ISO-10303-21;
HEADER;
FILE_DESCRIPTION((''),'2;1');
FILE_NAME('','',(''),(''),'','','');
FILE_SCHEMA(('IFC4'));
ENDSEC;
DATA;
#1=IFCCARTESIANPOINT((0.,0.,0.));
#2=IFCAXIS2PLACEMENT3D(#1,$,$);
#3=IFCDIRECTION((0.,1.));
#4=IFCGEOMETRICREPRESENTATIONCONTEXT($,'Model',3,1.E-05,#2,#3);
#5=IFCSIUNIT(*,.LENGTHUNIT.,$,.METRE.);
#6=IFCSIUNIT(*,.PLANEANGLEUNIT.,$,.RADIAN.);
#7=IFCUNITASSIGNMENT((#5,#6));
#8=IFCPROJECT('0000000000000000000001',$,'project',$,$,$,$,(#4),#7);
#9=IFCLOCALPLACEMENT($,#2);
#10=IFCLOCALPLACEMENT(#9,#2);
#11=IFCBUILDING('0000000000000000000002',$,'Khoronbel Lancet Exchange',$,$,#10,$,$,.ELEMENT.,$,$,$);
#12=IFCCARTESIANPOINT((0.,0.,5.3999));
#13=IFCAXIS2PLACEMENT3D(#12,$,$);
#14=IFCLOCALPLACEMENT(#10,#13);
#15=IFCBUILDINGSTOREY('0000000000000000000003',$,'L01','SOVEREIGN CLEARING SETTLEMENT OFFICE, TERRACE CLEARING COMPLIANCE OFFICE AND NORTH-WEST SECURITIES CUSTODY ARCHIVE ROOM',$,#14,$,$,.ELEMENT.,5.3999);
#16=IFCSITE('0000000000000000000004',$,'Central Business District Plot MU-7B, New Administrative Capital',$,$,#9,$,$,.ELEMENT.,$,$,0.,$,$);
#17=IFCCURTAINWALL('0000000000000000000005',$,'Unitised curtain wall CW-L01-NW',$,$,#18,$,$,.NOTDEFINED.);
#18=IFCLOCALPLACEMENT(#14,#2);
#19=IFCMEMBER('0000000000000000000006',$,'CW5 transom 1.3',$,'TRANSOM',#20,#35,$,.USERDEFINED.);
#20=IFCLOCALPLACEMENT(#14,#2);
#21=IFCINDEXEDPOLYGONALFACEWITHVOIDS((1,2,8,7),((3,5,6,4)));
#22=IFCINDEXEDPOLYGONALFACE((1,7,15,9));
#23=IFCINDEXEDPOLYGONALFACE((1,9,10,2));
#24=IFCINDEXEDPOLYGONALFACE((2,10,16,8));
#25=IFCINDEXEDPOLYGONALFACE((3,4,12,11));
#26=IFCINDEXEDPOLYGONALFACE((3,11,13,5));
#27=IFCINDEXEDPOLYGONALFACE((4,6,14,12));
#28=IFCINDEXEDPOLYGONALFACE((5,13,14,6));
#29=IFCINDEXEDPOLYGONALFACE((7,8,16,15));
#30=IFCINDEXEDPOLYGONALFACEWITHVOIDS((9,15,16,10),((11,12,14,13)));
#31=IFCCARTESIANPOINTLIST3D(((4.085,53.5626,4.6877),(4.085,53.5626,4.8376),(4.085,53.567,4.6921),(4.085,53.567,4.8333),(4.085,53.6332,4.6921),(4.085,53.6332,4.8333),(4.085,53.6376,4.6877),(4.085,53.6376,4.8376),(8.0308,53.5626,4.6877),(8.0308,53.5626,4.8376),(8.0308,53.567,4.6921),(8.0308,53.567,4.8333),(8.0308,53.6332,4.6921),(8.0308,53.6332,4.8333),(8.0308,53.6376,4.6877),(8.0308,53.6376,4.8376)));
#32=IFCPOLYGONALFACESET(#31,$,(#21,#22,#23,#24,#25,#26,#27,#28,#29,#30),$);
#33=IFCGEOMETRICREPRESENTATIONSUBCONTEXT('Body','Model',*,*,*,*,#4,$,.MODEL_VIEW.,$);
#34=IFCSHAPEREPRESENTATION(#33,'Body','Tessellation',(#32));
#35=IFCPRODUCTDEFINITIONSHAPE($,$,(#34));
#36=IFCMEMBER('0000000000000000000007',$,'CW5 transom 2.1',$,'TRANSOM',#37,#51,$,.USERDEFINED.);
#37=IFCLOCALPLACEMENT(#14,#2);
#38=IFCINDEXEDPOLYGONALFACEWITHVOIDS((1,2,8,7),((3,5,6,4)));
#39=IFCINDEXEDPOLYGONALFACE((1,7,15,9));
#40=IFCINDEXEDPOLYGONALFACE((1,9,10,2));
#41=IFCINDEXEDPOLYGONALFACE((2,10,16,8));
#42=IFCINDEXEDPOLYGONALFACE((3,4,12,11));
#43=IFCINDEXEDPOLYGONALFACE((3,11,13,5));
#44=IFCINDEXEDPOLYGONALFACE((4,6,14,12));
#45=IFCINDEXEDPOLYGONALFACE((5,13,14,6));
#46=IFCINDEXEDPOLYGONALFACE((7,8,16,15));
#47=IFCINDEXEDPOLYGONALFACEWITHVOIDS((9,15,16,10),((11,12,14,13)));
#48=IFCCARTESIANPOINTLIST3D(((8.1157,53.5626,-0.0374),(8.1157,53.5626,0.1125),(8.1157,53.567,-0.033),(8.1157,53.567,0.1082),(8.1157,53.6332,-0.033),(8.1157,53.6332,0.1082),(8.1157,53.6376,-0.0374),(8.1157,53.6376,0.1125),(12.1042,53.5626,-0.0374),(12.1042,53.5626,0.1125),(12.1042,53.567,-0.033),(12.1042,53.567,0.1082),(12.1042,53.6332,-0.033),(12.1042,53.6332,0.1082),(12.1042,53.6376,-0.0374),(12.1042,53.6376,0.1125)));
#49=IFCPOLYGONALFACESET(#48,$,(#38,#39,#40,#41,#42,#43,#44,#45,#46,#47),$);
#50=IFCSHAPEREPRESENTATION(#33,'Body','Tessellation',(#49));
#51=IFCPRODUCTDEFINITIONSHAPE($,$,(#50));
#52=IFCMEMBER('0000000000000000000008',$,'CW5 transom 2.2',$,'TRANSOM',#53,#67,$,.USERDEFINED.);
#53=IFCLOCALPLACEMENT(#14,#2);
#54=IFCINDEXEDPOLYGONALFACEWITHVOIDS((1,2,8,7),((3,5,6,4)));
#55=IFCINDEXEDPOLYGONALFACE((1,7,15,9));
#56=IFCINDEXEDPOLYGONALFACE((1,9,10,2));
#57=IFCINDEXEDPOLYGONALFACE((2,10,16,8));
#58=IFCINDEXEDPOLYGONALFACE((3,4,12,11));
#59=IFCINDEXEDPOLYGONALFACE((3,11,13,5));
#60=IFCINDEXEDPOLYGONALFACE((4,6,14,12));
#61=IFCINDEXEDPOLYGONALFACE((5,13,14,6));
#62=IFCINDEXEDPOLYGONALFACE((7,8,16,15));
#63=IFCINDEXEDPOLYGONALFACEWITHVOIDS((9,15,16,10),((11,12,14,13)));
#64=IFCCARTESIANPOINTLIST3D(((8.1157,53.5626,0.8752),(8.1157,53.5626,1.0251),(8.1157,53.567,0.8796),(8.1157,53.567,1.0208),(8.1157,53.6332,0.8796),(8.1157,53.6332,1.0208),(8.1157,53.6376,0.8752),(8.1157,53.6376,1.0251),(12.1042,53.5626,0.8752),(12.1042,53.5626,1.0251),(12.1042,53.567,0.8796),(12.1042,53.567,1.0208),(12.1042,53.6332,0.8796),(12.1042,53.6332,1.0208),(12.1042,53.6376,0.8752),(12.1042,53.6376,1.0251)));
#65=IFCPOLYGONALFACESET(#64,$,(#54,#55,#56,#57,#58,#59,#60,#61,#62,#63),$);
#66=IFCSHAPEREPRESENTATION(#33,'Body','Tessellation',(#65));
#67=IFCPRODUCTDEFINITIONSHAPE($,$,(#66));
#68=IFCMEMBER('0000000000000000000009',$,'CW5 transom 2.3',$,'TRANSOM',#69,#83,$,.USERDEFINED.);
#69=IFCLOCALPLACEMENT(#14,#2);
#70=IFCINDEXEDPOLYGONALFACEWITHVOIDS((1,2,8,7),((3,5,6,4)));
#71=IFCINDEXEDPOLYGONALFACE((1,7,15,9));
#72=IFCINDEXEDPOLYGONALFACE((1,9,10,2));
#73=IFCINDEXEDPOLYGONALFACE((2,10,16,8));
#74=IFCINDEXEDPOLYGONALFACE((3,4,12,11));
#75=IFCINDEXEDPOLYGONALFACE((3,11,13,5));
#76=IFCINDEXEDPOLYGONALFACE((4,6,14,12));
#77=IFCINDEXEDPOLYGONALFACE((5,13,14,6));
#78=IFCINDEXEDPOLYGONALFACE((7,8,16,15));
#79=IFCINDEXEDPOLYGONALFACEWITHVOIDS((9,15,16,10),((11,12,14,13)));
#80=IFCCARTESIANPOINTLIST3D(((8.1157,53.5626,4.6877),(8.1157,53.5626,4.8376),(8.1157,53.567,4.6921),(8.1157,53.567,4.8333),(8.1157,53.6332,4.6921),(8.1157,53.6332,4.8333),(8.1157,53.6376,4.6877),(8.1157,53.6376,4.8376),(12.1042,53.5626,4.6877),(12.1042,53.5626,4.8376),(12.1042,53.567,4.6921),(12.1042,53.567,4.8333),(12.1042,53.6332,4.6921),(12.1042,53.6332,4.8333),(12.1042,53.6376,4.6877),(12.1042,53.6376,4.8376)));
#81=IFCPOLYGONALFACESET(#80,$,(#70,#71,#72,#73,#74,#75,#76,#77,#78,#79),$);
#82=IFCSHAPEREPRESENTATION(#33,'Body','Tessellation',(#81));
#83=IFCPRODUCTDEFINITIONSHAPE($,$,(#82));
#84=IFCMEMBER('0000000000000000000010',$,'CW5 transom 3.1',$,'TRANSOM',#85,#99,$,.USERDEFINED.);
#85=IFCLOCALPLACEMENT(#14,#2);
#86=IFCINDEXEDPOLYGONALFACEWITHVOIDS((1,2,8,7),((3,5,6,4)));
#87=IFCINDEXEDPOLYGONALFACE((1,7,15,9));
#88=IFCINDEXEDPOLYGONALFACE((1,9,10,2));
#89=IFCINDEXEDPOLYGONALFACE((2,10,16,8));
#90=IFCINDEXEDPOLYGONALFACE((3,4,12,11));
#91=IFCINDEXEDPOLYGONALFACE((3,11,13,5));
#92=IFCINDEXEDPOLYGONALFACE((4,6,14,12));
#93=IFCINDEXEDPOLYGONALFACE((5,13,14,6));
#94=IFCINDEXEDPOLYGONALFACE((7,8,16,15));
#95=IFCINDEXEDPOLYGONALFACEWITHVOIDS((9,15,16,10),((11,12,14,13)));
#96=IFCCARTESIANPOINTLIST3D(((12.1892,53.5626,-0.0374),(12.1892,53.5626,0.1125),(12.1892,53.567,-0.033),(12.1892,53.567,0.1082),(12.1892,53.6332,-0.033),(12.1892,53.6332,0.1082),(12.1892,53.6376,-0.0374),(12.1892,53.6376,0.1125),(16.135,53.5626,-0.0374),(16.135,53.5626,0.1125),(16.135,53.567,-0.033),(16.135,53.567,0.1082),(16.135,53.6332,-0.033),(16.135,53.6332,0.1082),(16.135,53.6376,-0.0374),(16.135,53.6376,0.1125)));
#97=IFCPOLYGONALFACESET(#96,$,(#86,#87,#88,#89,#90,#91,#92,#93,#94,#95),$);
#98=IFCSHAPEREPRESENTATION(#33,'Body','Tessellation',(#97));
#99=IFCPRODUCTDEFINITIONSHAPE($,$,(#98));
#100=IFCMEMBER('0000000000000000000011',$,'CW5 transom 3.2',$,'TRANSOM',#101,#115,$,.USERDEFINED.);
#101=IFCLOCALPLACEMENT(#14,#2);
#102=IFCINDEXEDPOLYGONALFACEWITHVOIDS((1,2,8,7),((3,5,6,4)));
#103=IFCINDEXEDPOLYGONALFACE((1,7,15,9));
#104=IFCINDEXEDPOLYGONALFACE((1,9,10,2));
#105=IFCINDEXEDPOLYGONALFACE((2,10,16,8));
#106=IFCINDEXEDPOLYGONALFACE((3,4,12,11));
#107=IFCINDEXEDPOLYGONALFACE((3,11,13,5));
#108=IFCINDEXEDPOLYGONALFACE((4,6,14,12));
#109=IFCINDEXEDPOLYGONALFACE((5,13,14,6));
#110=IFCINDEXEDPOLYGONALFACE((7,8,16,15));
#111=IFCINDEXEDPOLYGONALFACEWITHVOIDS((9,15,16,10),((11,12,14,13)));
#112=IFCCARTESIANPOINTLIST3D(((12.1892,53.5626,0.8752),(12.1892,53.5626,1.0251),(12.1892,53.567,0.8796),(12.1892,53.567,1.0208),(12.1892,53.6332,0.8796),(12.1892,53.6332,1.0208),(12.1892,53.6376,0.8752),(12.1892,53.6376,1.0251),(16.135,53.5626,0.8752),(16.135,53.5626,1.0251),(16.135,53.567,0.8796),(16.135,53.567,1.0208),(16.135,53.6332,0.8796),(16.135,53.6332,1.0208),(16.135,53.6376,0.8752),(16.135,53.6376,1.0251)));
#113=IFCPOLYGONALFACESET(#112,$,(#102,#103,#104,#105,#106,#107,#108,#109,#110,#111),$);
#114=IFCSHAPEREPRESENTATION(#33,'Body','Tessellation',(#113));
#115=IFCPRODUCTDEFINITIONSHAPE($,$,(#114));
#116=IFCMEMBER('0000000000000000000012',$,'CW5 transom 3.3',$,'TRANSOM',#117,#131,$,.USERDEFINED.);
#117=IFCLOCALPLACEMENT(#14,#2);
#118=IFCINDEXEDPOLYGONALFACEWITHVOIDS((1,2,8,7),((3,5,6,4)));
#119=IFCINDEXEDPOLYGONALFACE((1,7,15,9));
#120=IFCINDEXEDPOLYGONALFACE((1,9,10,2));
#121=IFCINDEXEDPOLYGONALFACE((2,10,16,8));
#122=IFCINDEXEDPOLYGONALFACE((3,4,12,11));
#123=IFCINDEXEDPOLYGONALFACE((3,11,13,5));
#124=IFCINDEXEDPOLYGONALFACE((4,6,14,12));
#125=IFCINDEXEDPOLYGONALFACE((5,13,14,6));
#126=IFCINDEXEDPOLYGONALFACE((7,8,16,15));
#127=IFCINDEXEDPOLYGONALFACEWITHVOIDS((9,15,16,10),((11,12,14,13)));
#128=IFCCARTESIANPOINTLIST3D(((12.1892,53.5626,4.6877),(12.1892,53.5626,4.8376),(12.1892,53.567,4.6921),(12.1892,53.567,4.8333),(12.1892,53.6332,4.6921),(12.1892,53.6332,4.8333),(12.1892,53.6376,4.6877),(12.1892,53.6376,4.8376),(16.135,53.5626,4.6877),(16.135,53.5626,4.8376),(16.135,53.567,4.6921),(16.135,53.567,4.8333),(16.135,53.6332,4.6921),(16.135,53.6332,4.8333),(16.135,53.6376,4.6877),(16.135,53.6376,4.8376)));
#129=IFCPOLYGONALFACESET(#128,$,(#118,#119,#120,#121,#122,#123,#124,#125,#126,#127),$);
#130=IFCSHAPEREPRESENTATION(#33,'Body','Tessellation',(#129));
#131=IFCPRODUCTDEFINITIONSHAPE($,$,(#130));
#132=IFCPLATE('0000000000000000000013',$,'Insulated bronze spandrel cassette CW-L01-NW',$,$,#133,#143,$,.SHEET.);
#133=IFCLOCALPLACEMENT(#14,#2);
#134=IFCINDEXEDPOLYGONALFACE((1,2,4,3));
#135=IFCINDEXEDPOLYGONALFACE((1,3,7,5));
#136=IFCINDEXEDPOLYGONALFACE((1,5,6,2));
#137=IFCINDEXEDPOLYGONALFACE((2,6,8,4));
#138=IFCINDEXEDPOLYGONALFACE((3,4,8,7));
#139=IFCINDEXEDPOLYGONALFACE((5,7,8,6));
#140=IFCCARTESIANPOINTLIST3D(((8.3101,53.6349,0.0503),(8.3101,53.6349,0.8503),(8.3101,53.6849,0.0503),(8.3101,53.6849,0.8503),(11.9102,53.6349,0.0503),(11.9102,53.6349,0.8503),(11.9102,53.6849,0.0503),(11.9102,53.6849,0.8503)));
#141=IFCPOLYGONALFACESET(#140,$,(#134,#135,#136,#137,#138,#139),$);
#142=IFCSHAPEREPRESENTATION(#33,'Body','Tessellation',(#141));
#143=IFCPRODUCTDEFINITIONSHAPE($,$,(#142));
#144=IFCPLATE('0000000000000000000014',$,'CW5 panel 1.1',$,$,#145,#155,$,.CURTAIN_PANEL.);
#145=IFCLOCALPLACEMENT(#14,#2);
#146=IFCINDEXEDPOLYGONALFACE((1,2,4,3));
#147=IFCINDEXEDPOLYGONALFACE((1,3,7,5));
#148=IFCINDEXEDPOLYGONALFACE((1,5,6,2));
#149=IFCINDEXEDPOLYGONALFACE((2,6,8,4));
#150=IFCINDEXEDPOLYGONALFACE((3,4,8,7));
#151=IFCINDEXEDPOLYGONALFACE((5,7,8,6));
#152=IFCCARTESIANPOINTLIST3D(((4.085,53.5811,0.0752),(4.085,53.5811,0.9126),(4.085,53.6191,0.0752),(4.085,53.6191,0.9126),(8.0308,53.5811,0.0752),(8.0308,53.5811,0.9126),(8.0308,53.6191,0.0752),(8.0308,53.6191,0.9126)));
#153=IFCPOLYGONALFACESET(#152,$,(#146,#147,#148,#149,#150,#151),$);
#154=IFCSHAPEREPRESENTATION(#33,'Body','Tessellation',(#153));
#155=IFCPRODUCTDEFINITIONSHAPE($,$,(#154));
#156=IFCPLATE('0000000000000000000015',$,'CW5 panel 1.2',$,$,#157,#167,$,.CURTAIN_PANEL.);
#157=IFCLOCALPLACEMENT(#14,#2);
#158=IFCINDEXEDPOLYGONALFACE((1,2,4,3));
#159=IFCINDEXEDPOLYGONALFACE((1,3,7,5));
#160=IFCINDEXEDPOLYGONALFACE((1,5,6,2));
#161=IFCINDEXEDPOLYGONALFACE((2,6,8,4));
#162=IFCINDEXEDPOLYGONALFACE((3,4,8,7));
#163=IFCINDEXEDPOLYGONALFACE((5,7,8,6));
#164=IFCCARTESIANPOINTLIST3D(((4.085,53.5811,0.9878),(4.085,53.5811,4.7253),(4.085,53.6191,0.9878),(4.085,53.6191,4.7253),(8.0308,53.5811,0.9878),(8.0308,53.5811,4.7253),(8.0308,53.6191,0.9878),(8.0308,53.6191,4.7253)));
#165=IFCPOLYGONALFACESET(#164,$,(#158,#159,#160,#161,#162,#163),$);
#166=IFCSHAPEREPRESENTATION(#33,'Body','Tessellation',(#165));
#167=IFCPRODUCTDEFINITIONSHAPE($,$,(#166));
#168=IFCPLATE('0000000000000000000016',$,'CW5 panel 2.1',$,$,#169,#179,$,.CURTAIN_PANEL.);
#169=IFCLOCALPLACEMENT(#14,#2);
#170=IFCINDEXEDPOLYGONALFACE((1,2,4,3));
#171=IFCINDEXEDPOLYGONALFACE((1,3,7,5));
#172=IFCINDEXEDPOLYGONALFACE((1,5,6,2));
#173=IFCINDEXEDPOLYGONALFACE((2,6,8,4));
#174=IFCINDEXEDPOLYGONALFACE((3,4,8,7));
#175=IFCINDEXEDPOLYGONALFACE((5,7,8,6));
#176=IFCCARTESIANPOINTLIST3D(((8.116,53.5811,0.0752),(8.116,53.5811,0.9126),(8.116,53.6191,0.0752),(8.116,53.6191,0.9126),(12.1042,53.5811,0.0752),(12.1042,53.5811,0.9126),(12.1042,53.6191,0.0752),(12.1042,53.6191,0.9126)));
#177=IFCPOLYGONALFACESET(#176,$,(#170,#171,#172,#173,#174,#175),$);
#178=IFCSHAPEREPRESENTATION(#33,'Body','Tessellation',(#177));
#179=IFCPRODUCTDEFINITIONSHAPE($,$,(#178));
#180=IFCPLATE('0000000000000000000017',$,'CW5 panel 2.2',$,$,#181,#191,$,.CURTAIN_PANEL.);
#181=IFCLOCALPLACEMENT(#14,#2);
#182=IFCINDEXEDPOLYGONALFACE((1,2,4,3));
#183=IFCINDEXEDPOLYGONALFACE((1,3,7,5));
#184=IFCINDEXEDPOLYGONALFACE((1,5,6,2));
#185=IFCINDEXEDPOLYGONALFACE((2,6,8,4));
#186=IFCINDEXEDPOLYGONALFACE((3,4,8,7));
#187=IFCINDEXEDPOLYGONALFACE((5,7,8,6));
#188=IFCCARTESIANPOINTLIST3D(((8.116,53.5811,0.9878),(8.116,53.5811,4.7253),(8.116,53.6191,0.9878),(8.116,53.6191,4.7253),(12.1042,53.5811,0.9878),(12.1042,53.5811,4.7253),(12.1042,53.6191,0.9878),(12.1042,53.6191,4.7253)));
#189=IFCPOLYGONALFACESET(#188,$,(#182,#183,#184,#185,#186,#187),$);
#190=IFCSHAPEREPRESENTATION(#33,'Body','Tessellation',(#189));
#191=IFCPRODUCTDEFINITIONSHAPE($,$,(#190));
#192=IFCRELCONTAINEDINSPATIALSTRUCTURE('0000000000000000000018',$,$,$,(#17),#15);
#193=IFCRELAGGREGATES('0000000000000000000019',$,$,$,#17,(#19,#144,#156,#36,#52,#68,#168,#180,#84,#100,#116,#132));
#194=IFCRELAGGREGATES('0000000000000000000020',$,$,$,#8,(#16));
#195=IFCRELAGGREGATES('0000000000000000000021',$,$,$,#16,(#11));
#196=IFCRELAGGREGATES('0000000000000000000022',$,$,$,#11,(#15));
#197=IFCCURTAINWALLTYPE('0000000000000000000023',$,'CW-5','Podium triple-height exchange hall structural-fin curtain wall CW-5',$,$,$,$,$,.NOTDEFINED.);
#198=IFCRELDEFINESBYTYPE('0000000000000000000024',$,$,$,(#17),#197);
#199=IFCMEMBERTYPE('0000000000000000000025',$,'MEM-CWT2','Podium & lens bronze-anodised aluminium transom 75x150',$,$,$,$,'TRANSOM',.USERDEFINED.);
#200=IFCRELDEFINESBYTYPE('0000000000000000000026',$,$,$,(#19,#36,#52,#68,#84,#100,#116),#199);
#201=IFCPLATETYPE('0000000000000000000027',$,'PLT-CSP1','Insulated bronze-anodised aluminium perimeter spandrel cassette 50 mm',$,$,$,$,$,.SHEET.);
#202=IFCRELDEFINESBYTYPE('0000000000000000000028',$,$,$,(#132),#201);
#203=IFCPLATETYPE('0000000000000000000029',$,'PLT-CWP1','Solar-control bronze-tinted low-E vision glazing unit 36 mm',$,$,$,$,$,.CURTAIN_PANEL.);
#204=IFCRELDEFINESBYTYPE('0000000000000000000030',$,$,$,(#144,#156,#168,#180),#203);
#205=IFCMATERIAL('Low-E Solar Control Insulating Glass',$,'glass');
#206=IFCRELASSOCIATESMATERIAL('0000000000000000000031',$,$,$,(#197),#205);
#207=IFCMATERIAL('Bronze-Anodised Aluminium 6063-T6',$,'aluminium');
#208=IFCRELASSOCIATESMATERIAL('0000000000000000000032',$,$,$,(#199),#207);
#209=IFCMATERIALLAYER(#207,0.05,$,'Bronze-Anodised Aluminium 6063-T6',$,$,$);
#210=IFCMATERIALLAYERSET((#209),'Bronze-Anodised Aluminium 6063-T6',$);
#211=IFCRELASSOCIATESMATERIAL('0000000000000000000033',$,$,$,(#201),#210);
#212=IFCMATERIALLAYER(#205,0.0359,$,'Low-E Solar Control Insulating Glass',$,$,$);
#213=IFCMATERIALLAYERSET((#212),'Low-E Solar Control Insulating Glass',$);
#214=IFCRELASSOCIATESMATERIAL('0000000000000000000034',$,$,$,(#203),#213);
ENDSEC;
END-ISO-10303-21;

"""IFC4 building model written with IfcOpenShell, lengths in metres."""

from ifc_helpers import new_model, si_unit, direction, frame, origin, origin_2d, place, context, subcontext, project, spatial, rectangle, hollow_rectangle, extrude, material, layer, layer_set, material_profile, profile_set, type_object, element, aggregate, save


model = new_model("IFC4")

# Units and contexts
model_context = context("Model", 3, precision=1e-05, world=origin(), true_north=direction((0.0, 1.0)))
body_context = subcontext(model_context, "Body", "Model", "MODEL_VIEW")
ifc_project = project(units=[si_unit("LENGTHUNIT", "METRE"), si_unit("PLANEANGLEUNIT", "RADIAN")], contexts=[model_context])

# Site, building, storey
site_placement = place(None, origin())
site = spatial("IfcSite", under=ifc_project, at=site_placement, Name="Central Business District Plot MU-7B, New Administrative Capital", CompositionType="ELEMENT", RefElevation=0.0)
building_placement = place(site_placement, origin())
building = spatial("IfcBuilding", under=site, at=building_placement, Name="Khoronbel Lancet Exchange", CompositionType="ELEMENT")
storey_placement = place(building_placement, frame((0.0, 0.0, 5.3999)))
storey = spatial("IfcBuildingStorey", under=building, at=storey_placement, Name="L01", Description="SOVEREIGN CLEARING SETTLEMENT OFFICE, TERRACE CLEARING COMPLIANCE OFFICE AND NORTH-WEST SECURITIES CUSTODY ARCHIVE ROOM", CompositionType="ELEMENT", Elevation=5.3999)

# Curtain wall, members, plates
ifc_material_1 = material(Name="Low-E Solar Control Insulating Glass", Category="glass")
curtain_wall_type = type_object("IfcCurtainWallType", Name="CW-5", Description="Podium triple-height exchange hall structural-fin curtain wall CW-5", PredefinedType="NOTDEFINED", material=ifc_material_1)
curtain_wall_placement = place(storey_placement, origin())
curtain_wall = element("IfcCurtainWall", 1, at=curtain_wall_placement, inside=storey, type_object=curtain_wall_type, Name="Unitised curtain wall CW-L01-NW", PredefinedType="NOTDEFINED")
ifc_material_2 = material(Name="Bronze-Anodised Aluminium 6063-T6", Category="aluminium")
ifc_material_profile_1 = material_profile(ifc_material_2, hollow_rectangle(XDim=0.075, YDim=0.1499, WallThickness=0.0044, at=origin_2d()), Name="ALU TRANSOM 75x150")
ifc_profile_set_1 = profile_set([ifc_material_profile_1], Name="Bronze-Anodised Aluminium 6063-T6")
member_type_1 = type_object("IfcMemberType", Name="MEM-CWT2", Description="Podium & lens bronze-anodised aluminium transom 75x150", ElementType="TRANSOM", PredefinedType="USERDEFINED", material=ifc_profile_set_1)
member_1_placement = place(storey_placement, frame((4.085, 53.6001, 4.7627), z_axis=(1.0, 0.0, 0.0), x_axis=(0.0, 1.0, 0.0)))
member_1 = element("IfcMember", 2, at=member_1_placement, type_object=member_type_1, Name="CW5 transom 1.3", ObjectType="TRANSOM", PredefinedType="USERDEFINED", context=body_context, shape_type="SweptSolid", body=[
    extrude(hollow_rectangle(XDim=0.075, YDim=0.1499, WallThickness=0.0044, at=origin_2d()), origin(), (0.0, 0.0, 1.0), 3.9458),
])
member_2_placement = place(storey_placement, frame((8.1157, 53.6001, 0.0376), z_axis=(1.0, 0.0, 0.0), x_axis=(0.0, 1.0, 0.0)))
member_2 = element("IfcMember", 3, at=member_2_placement, type_object=member_type_1, Name="CW5 transom 2.1", ObjectType="TRANSOM", PredefinedType="USERDEFINED", context=body_context, shape_type="SweptSolid", body=[
    extrude(hollow_rectangle(XDim=0.075, YDim=0.1499, WallThickness=0.0044, at=origin_2d()), origin(), (0.0, 0.0, 1.0), 3.9885),
])
member_3_placement = place(storey_placement, frame((8.1157, 53.6001, 0.9502), z_axis=(1.0, 0.0, 0.0), x_axis=(0.0, 1.0, 0.0)))
member_3 = element("IfcMember", 4, at=member_3_placement, type_object=member_type_1, Name="CW5 transom 2.2", ObjectType="TRANSOM", PredefinedType="USERDEFINED", context=body_context, shape_type="SweptSolid", body=[
    extrude(hollow_rectangle(XDim=0.075, YDim=0.1499, WallThickness=0.0044, at=origin_2d()), origin(), (0.0, 0.0, 1.0), 3.9885),
])
member_4_placement = place(storey_placement, frame((8.1157, 53.6001, 4.7627), z_axis=(1.0, 0.0, 0.0), x_axis=(0.0, 1.0, 0.0)))
member_4 = element("IfcMember", 5, at=member_4_placement, type_object=member_type_1, Name="CW5 transom 2.3", ObjectType="TRANSOM", PredefinedType="USERDEFINED", context=body_context, shape_type="SweptSolid", body=[
    extrude(hollow_rectangle(XDim=0.075, YDim=0.1499, WallThickness=0.0044, at=origin_2d()), origin(), (0.0, 0.0, 1.0), 3.9885),
])
member_5_placement = place(storey_placement, frame((12.1892, 53.6001, 0.0376), z_axis=(1.0, 0.0, 0.0), x_axis=(0.0, 1.0, 0.0)))
member_5 = element("IfcMember", 6, at=member_5_placement, type_object=member_type_1, Name="CW5 transom 3.1", ObjectType="TRANSOM", PredefinedType="USERDEFINED", context=body_context, shape_type="SweptSolid", body=[
    extrude(hollow_rectangle(XDim=0.075, YDim=0.1499, WallThickness=0.0044, at=origin_2d()), origin(), (0.0, 0.0, 1.0), 3.9458),
])
member_6_placement = place(storey_placement, frame((12.1892, 53.6001, 0.9502), z_axis=(1.0, 0.0, 0.0), x_axis=(0.0, 1.0, 0.0)))
member_6 = element("IfcMember", 7, at=member_6_placement, type_object=member_type_1, Name="CW5 transom 3.2", ObjectType="TRANSOM", PredefinedType="USERDEFINED", context=body_context, shape_type="SweptSolid", body=[
    extrude(hollow_rectangle(XDim=0.075, YDim=0.1499, WallThickness=0.0044, at=origin_2d()), origin(), (0.0, 0.0, 1.0), 3.9458),
])
member_7_placement = place(storey_placement, frame((12.1892, 53.6001, 4.7627), z_axis=(1.0, 0.0, 0.0), x_axis=(0.0, 1.0, 0.0)))
member_7 = element("IfcMember", 8, at=member_7_placement, type_object=member_type_1, Name="CW5 transom 3.3", ObjectType="TRANSOM", PredefinedType="USERDEFINED", context=body_context, shape_type="SweptSolid", body=[
    extrude(hollow_rectangle(XDim=0.075, YDim=0.1499, WallThickness=0.0044, at=origin_2d()), origin(), (0.0, 0.0, 1.0), 3.9458),
])
ifc_layer_1 = layer(ifc_material_2, 0.05, Name="Bronze-Anodised Aluminium 6063-T6")
ifc_layer_set_1 = layer_set([ifc_layer_1], Name="Bronze-Anodised Aluminium 6063-T6")
plate_type_1 = type_object("IfcPlateType", Name="PLT-CSP1", Description="Insulated bronze-anodised aluminium perimeter spandrel cassette 50 mm", PredefinedType="SHEET", material=ifc_layer_set_1)
plate_1_placement = place(storey_placement, frame((10.1101, 53.6599, 0.0503), z_axis=(0.0, 0.0, 1.0), x_axis=(1.0, 0.0, 0.0)))
plate_1 = element("IfcPlate", 9, at=plate_1_placement, type_object=plate_type_1, Name="Insulated bronze spandrel cassette CW-L01-NW", PredefinedType="SHEET", context=body_context, shape_type="SweptSolid", body=[
    extrude(rectangle(XDim=3.6001, YDim=0.05, at=origin_2d()), origin(), (0.0, 0.0, 1.0), 0.8),
])
ifc_layer_2 = layer(ifc_material_1, 0.0359, Name="Low-E Solar Control Insulating Glass")
ifc_layer_set_2 = layer_set([ifc_layer_2], Name="Low-E Solar Control Insulating Glass")
plate_type_2 = type_object("IfcPlateType", Name="PLT-CWP1", Description="Solar-control bronze-tinted low-E vision glazing unit 36 mm", PredefinedType="CURTAIN_PANEL", material=ifc_layer_set_2)
plate_2_placement = place(storey_placement, frame((6.0579, 53.6001, 0.0752), z_axis=(0.0, 0.0, 1.0), x_axis=(1.0, 0.0, 0.0)))
plate_2 = element("IfcPlate", 10, at=plate_2_placement, type_object=plate_type_2, Name="CW5 panel 1.1", PredefinedType="CURTAIN_PANEL", context=body_context, shape_type="SweptSolid", body=[
    extrude(rectangle(XDim=3.9458, YDim=0.0381, at=origin_2d()), origin(), (0.0, 0.0, 1.0), 0.8374),
])
plate_3_placement = place(storey_placement, frame((6.0579, 53.6001, 0.9878), z_axis=(0.0, 0.0, 1.0), x_axis=(1.0, 0.0, 0.0)))
plate_3 = element("IfcPlate", 11, at=plate_3_placement, type_object=plate_type_2, Name="CW5 panel 1.2", PredefinedType="CURTAIN_PANEL", context=body_context, shape_type="SweptSolid", body=[
    extrude(rectangle(XDim=3.9458, YDim=0.0381, at=origin_2d()), origin(), (0.0, 0.0, 1.0), 3.7375),
])
plate_4_placement = place(storey_placement, frame((10.1101, 53.6001, 0.0752), z_axis=(0.0, 0.0, 1.0), x_axis=(1.0, 0.0, 0.0)))
plate_4 = element("IfcPlate", 12, at=plate_4_placement, type_object=plate_type_2, Name="CW5 panel 2.1", PredefinedType="CURTAIN_PANEL", context=body_context, shape_type="SweptSolid", body=[
    extrude(rectangle(XDim=3.9883, YDim=0.0381, at=origin_2d()), origin(), (0.0, 0.0, 1.0), 0.8374),
])
plate_5_placement = place(storey_placement, frame((10.1101, 53.6001, 0.9878), z_axis=(0.0, 0.0, 1.0), x_axis=(1.0, 0.0, 0.0)))
plate_5 = element("IfcPlate", 13, at=plate_5_placement, type_object=plate_type_2, Name="CW5 panel 2.2", PredefinedType="CURTAIN_PANEL", context=body_context, shape_type="SweptSolid", body=[
    extrude(rectangle(XDim=3.9883, YDim=0.0381, at=origin_2d()), origin(), (0.0, 0.0, 1.0), 3.7375),
])
aggregate(curtain_wall, [member_1, plate_2, plate_3, member_2, member_3, member_4, plate_4, plate_5, member_5, member_6, member_7, plate_1])

save(model, "model.ifc")
